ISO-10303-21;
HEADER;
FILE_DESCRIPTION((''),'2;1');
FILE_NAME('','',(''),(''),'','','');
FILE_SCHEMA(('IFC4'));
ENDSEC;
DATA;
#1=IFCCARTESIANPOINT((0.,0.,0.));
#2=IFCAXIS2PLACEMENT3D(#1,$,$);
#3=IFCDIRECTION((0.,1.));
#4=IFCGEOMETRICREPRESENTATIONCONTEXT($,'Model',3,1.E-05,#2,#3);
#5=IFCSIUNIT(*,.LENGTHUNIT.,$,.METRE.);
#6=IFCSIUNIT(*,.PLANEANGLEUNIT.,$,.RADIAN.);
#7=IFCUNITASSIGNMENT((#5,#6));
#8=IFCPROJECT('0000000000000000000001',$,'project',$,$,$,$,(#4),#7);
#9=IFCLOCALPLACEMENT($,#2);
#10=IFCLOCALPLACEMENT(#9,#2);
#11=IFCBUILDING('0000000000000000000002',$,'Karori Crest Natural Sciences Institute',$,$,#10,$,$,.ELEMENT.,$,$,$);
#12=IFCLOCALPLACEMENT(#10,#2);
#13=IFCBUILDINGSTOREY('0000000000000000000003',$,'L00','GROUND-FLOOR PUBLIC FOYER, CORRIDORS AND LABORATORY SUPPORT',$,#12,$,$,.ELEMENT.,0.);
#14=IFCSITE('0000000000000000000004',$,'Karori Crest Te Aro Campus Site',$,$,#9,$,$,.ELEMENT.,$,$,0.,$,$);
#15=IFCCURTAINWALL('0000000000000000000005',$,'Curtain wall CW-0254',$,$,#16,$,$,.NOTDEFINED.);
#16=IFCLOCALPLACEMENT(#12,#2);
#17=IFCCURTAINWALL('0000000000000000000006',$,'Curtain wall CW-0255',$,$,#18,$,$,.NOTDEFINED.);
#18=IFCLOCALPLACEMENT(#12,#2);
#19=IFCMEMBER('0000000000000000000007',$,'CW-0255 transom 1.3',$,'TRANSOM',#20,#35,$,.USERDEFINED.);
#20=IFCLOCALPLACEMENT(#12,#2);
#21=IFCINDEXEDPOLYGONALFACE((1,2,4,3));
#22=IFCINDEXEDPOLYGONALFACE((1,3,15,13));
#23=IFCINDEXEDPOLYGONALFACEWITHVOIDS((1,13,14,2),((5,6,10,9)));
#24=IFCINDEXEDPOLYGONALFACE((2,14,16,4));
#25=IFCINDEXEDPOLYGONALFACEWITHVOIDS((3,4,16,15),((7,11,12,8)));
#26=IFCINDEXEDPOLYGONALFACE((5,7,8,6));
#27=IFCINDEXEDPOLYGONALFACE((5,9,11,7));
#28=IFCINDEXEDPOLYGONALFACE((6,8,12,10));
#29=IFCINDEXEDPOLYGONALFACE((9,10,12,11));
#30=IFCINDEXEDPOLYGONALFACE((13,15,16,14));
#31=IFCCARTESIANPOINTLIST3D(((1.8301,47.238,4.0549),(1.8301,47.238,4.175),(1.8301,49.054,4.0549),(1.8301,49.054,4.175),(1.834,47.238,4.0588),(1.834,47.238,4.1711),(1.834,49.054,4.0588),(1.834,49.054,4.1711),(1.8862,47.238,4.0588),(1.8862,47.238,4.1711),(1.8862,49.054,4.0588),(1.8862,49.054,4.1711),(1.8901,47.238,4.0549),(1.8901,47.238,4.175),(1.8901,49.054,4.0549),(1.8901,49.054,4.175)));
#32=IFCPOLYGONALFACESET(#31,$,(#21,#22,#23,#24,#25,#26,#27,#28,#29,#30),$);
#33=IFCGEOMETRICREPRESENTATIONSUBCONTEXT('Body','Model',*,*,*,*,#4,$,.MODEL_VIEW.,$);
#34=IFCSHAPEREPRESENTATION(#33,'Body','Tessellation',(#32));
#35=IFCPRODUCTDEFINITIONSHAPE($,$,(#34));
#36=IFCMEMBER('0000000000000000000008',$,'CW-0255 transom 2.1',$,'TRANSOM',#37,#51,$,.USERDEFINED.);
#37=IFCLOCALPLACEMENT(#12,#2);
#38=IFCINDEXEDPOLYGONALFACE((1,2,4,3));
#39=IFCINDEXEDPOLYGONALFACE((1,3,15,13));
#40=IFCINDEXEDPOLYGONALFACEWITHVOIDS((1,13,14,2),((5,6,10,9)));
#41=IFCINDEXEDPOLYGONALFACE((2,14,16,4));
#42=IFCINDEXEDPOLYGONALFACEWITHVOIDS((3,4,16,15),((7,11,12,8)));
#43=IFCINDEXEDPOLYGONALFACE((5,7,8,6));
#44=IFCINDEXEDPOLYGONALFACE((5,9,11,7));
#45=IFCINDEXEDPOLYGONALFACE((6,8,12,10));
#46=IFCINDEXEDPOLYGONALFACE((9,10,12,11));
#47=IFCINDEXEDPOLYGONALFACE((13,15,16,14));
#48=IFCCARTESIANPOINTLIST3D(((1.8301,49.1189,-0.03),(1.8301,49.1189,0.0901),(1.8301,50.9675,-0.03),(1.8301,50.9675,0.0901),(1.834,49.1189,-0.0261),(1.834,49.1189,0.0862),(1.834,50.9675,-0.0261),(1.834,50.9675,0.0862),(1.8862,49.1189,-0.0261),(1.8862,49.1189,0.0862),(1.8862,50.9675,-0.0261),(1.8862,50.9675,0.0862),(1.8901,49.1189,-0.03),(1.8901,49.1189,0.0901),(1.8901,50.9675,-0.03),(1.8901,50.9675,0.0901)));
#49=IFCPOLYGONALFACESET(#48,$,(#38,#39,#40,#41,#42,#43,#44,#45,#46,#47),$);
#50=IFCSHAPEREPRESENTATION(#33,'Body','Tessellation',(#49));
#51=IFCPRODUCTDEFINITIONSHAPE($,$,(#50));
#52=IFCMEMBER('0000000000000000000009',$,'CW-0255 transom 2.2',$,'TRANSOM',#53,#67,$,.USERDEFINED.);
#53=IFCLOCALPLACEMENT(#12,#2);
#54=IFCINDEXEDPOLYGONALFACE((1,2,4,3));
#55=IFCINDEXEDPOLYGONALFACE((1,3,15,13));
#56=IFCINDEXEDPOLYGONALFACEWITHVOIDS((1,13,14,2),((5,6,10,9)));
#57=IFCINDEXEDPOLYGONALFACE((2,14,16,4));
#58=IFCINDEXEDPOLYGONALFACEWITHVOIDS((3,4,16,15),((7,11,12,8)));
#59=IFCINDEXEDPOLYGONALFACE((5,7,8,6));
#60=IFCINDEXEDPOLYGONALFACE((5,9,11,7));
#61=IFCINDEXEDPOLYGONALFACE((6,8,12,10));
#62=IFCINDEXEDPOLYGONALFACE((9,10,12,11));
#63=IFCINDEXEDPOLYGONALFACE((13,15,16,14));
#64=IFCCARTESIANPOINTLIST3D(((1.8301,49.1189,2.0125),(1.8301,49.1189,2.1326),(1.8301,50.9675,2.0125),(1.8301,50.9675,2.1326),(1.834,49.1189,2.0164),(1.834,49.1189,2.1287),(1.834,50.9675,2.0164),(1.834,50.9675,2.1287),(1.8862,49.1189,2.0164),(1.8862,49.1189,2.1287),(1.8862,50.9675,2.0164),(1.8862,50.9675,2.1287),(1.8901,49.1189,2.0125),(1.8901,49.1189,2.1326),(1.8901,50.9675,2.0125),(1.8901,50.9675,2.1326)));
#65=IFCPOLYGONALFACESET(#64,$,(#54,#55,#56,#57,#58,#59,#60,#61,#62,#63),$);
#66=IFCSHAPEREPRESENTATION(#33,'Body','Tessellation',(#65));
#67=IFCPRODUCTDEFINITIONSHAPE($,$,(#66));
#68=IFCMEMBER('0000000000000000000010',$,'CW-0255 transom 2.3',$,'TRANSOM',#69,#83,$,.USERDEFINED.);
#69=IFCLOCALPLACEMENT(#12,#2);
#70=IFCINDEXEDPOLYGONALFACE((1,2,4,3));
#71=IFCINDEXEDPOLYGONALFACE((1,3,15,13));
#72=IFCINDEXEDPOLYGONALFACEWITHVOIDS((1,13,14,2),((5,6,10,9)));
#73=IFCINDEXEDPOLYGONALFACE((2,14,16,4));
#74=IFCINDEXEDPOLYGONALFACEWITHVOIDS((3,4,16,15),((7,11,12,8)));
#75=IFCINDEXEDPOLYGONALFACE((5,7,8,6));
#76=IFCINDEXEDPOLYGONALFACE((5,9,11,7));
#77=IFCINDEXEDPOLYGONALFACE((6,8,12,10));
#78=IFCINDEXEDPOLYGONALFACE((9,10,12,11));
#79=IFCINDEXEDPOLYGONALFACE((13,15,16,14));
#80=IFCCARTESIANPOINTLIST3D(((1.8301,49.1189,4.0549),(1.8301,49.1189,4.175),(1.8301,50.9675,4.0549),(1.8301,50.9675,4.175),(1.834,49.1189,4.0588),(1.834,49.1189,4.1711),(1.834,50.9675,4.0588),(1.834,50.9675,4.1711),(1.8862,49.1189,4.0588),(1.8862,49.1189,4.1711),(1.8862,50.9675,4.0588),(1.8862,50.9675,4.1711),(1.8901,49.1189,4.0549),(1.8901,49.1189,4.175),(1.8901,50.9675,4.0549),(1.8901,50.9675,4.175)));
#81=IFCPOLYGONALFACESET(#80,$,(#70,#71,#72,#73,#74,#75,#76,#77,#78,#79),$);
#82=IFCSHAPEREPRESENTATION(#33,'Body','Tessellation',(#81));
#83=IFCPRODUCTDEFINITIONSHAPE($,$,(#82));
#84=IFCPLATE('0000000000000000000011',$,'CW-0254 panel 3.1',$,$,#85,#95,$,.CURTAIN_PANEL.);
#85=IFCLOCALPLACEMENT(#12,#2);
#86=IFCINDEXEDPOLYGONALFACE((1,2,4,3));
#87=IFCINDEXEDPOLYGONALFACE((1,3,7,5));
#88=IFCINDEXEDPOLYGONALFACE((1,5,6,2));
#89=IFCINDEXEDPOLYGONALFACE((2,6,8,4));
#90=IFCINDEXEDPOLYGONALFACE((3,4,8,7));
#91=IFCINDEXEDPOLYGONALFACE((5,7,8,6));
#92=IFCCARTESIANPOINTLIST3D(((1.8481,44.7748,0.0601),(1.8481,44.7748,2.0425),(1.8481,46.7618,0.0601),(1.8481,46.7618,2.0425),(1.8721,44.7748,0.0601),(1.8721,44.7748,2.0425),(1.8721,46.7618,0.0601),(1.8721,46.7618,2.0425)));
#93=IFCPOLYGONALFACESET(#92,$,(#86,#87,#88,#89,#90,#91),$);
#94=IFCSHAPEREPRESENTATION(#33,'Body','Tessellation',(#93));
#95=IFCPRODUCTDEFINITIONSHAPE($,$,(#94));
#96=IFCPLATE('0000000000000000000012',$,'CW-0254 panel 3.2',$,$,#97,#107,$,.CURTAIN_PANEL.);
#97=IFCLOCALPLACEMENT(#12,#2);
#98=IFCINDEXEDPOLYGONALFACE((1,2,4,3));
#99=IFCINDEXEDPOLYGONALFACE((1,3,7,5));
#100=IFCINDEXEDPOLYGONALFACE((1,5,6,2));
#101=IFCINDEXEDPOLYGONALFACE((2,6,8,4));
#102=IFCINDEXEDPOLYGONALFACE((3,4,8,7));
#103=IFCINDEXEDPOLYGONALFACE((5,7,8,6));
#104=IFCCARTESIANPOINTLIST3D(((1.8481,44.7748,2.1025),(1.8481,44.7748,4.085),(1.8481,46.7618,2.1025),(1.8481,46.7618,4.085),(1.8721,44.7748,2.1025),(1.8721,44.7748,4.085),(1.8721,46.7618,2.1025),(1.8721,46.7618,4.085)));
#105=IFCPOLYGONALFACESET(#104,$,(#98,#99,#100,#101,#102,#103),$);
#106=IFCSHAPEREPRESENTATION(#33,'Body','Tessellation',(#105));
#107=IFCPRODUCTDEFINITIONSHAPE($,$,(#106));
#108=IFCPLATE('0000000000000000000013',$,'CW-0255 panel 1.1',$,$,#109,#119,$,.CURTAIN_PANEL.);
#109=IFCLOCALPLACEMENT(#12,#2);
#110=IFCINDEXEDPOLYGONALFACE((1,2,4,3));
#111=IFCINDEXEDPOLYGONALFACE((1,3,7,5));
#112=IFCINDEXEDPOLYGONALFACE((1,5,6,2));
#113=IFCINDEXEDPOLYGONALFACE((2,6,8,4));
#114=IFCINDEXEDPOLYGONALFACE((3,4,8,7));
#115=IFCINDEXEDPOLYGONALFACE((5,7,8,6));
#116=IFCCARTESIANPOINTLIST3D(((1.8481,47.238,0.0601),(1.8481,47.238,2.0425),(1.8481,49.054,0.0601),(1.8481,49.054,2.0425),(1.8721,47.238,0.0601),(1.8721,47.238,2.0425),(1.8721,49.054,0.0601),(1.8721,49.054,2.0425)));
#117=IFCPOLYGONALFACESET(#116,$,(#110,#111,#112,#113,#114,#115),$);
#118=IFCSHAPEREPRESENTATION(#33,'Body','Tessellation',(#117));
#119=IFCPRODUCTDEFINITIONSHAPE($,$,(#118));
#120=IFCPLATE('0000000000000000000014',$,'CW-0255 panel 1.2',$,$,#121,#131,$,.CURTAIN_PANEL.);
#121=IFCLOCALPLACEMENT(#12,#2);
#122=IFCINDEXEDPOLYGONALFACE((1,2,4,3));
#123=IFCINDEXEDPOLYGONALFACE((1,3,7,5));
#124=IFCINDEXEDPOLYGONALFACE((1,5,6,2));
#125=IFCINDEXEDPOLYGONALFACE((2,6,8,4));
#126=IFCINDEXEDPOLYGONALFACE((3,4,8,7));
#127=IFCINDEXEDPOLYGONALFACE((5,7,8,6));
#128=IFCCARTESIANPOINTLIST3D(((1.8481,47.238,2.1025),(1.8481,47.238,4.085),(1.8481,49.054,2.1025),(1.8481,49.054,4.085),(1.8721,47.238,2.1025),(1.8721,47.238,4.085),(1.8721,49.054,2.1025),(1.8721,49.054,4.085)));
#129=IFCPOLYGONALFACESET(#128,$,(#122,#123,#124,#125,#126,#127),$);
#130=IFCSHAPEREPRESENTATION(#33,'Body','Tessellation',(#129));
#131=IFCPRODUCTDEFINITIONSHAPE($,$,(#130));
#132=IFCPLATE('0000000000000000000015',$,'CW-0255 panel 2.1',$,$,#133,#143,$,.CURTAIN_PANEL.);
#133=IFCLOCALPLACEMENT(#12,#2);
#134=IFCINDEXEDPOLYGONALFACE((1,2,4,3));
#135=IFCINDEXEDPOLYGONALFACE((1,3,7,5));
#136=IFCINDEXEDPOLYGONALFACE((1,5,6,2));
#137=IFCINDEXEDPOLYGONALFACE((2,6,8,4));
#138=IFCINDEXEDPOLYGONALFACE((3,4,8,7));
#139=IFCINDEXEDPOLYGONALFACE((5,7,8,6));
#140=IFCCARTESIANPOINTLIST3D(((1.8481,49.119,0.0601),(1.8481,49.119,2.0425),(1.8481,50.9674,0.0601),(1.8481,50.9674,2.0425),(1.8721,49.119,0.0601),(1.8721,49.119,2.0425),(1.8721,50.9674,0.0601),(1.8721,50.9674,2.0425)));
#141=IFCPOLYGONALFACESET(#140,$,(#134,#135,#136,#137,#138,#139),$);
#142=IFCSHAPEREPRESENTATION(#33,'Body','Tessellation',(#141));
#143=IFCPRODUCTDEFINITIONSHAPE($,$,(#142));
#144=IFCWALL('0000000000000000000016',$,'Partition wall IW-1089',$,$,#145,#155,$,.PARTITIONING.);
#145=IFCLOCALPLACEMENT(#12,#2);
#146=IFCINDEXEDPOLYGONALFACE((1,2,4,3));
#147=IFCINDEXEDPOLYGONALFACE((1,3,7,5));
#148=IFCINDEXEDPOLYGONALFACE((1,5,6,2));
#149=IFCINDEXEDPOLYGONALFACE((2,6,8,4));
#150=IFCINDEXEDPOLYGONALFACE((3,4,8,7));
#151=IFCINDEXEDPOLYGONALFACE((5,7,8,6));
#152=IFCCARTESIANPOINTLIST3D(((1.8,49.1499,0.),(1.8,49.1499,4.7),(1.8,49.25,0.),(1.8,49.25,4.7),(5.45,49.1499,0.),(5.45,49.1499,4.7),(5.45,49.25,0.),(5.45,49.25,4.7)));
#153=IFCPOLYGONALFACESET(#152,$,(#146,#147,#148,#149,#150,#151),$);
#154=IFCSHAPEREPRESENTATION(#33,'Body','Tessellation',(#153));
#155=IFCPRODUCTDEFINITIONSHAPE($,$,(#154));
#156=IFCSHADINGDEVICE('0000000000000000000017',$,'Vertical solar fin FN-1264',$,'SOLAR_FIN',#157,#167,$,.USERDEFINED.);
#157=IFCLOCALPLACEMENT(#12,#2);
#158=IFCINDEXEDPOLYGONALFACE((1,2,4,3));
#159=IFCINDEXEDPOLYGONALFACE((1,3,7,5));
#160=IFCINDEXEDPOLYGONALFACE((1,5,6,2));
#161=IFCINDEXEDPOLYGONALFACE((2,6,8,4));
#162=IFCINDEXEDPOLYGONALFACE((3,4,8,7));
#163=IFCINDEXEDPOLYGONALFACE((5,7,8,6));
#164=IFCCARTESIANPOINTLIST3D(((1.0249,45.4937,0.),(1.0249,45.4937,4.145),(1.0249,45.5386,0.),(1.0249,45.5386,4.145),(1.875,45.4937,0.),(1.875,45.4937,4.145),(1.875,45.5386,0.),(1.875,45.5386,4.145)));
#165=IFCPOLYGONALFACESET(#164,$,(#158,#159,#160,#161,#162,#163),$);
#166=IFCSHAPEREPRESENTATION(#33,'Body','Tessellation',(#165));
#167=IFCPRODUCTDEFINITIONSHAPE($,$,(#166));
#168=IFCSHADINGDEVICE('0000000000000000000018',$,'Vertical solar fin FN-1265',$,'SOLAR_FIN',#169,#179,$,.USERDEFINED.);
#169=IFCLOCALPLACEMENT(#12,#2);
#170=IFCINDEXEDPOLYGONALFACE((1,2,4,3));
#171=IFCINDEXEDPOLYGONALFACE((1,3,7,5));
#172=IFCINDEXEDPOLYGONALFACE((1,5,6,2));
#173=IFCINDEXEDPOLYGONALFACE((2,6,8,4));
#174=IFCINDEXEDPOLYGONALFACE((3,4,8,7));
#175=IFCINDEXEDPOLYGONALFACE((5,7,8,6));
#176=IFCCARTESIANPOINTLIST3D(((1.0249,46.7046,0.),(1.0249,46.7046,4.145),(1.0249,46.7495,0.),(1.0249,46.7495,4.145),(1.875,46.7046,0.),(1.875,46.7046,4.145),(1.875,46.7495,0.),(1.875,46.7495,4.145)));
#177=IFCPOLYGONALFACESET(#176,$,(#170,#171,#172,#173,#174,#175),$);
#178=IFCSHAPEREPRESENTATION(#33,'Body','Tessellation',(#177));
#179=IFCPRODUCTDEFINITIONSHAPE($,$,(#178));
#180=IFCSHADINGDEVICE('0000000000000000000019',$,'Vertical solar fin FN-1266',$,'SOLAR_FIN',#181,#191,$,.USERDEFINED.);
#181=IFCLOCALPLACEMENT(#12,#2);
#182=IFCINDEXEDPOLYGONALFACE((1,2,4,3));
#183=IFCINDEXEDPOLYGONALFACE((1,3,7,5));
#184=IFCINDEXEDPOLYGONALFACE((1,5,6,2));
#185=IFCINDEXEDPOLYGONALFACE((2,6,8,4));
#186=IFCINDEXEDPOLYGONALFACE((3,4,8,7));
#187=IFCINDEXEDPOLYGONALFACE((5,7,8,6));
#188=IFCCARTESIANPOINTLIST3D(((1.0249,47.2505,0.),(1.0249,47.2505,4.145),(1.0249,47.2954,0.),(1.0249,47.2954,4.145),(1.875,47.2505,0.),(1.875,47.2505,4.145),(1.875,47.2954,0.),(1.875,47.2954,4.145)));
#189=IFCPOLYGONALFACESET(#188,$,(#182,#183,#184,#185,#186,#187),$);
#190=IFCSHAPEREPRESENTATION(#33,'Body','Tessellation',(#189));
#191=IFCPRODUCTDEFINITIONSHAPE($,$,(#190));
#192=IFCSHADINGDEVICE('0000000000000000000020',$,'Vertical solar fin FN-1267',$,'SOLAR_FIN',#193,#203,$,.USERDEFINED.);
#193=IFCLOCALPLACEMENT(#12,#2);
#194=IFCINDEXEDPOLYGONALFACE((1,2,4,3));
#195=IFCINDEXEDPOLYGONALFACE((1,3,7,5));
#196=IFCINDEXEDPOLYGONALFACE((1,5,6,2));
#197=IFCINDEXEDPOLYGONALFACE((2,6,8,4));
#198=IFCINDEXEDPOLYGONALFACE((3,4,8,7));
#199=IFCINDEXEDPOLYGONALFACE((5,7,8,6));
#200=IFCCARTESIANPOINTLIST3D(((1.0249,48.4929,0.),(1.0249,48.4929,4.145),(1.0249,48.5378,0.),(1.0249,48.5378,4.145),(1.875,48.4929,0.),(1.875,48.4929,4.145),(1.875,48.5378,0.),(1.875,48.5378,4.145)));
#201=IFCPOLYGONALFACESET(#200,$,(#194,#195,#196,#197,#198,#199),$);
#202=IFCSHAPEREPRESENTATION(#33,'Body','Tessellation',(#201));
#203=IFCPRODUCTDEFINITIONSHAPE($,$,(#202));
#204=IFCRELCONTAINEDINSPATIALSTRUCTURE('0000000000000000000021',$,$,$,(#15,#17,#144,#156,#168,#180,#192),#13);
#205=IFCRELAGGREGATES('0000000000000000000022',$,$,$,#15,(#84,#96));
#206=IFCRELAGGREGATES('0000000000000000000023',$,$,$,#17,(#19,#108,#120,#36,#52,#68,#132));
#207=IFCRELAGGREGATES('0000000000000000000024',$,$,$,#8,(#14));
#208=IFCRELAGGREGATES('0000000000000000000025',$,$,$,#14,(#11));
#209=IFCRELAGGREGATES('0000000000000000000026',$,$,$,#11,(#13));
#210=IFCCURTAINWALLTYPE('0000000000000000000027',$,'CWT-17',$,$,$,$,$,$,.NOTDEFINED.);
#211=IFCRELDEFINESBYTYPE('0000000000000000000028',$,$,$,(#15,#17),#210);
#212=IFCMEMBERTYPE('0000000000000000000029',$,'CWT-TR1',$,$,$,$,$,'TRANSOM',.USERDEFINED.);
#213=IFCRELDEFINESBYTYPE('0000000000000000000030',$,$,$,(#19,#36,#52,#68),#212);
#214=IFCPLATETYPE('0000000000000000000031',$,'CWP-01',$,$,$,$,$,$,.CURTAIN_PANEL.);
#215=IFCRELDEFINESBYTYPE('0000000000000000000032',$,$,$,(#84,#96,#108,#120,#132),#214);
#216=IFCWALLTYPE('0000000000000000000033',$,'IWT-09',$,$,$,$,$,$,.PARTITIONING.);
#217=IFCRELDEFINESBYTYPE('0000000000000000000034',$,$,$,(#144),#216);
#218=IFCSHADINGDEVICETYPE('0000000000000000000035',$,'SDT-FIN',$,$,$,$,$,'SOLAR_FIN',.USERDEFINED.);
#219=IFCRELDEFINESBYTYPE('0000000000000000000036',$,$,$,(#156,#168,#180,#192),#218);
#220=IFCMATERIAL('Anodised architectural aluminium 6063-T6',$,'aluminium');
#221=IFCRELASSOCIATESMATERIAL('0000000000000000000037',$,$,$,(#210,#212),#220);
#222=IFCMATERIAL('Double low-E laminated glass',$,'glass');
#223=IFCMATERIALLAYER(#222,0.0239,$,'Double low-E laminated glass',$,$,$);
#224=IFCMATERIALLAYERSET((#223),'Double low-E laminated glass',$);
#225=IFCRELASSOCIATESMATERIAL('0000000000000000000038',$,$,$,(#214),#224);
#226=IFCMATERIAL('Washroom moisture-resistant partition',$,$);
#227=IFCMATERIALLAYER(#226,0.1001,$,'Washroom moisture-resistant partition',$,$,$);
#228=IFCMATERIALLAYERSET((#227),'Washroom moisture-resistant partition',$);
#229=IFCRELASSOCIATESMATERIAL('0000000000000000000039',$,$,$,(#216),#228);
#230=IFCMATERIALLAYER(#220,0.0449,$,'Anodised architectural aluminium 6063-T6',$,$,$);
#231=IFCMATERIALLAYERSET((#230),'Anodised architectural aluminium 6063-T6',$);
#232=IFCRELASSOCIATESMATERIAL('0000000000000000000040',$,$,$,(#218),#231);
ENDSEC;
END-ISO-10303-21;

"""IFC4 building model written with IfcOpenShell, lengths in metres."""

from ifc_helpers import new_model, si_unit, direction, frame, frame_2d, origin, origin_2d, place, context, subcontext, project, spatial, rectangle, hollow_rectangle, extrude, material, layer, layer_set, material_profile, profile_set, type_object, element, aggregate, save


model = new_model("IFC4")

# Units and contexts
model_context = context("Model", 3, precision=1e-05, world=origin(), true_north=direction((0.0, 1.0)))
body_context = subcontext(model_context, "Body", "Model", "MODEL_VIEW")
ifc_project = project(units=[si_unit("LENGTHUNIT", "METRE"), si_unit("PLANEANGLEUNIT", "RADIAN")], contexts=[model_context])

# Site, building, storey
site_placement = place(None, origin())
site = spatial("IfcSite", under=ifc_project, at=site_placement, Name="Karori Crest Te Aro Campus Site", CompositionType="ELEMENT", RefElevation=0.0)
building_placement = place(site_placement, origin())
building = spatial("IfcBuilding", under=site, at=building_placement, Name="Karori Crest Natural Sciences Institute", CompositionType="ELEMENT")
storey_placement = place(building_placement, origin())
storey = spatial("IfcBuildingStorey", under=building, at=storey_placement, Name="L00", Description="GROUND-FLOOR PUBLIC FOYER, CORRIDORS AND LABORATORY SUPPORT", CompositionType="ELEMENT", Elevation=0.0)

# Curtain wall
ifc_material_1 = material(Name="Anodised architectural aluminium 6063-T6", Category="aluminium")
curtain_wall_type = type_object("IfcCurtainWallType", Name="CWT-17", PredefinedType="NOTDEFINED", material=ifc_material_1)
curtain_wall_1_placement = place(storey_placement, origin())
curtain_wall_1 = element("IfcCurtainWall", 1, at=curtain_wall_1_placement, inside=storey, type_object=curtain_wall_type, Name="Curtain wall CW-0254", PredefinedType="NOTDEFINED")

# Curtain wall, members
curtain_wall_2_placement = place(storey_placement, origin())
curtain_wall_2 = element("IfcCurtainWall", 2, at=curtain_wall_2_placement, inside=storey, type_object=curtain_wall_type, Name="Curtain wall CW-0255", PredefinedType="NOTDEFINED")
ifc_material_profile_1 = material_profile(ifc_material_1, hollow_rectangle(XDim=0.0601, YDim=0.1201, WallThickness=0.0039, at=origin_2d()), Name="CWT120x60x4")
ifc_profile_set_1 = profile_set([ifc_material_profile_1], Name="Anodised architectural aluminium 6063-T6")
member_type_1 = type_object("IfcMemberType", Name="CWT-TR1", ElementType="TRANSOM", PredefinedType="USERDEFINED", material=ifc_profile_set_1)
member_1_placement = place(storey_placement, frame((1.8601, 47.238, 4.115), z_axis=(0.0, 1.0, 0.0), x_axis=(-1.0, 0.0, 0.0)))
member_1 = element("IfcMember", 3, at=member_1_placement, type_object=member_type_1, Name="CW-0255 transom 1.3", ObjectType="TRANSOM", PredefinedType="USERDEFINED", context=body_context, shape_type="SweptSolid", body=[
    extrude(hollow_rectangle(XDim=0.0601, YDim=0.1201, WallThickness=0.0039, at=origin_2d()), origin(), (0.0, 0.0, 1.0), 1.8159),
])
member_2_placement = place(storey_placement, frame((1.8601, 49.1189, 0.03), z_axis=(0.0, 1.0, 0.0), x_axis=(-1.0, 0.0, 0.0)))
member_2 = element("IfcMember", 4, at=member_2_placement, type_object=member_type_1, Name="CW-0255 transom 2.1", ObjectType="TRANSOM", PredefinedType="USERDEFINED", context=body_context, shape_type="SweptSolid", body=[
    extrude(hollow_rectangle(XDim=0.0601, YDim=0.1201, WallThickness=0.0039, at=origin_2d()), origin(), (0.0, 0.0, 1.0), 1.8486),
])
member_3_placement = place(storey_placement, frame((1.8601, 49.1189, 2.0725), z_axis=(0.0, 1.0, 0.0), x_axis=(-1.0, 0.0, 0.0)))
member_3 = element("IfcMember", 5, at=member_3_placement, type_object=member_type_1, Name="CW-0255 transom 2.2", ObjectType="TRANSOM", PredefinedType="USERDEFINED", context=body_context, shape_type="SweptSolid", body=[
    extrude(hollow_rectangle(XDim=0.0601, YDim=0.1201, WallThickness=0.0039, at=origin_2d()), origin(), (0.0, 0.0, 1.0), 1.8486),
])
member_4_placement = place(storey_placement, frame((1.8601, 49.1189, 4.115), z_axis=(0.0, 1.0, 0.0), x_axis=(-1.0, 0.0, 0.0)))
member_4 = element("IfcMember", 6, at=member_4_placement, type_object=member_type_1, Name="CW-0255 transom 2.3", ObjectType="TRANSOM", PredefinedType="USERDEFINED", context=body_context, shape_type="SweptSolid", body=[
    extrude(hollow_rectangle(XDim=0.0601, YDim=0.1201, WallThickness=0.0039, at=origin_2d()), origin(), (0.0, 0.0, 1.0), 1.8486),
])

# Plates
ifc_material_2 = material(Name="Double low-E laminated glass", Category="glass")
ifc_layer_1 = layer(ifc_material_2, 0.0239, Name="Double low-E laminated glass")
ifc_layer_set_1 = layer_set([ifc_layer_1], Name="Double low-E laminated glass")
plate_type = type_object("IfcPlateType", Name="CWP-01", PredefinedType="CURTAIN_PANEL", material=ifc_layer_set_1)
plate_1_placement = place(storey_placement, frame((1.8601, 45.7683, 0.0601), z_axis=(0.0, 0.0, 1.0), x_axis=(0.0, 1.0, 0.0)))
plate_1 = element("IfcPlate", 7, at=plate_1_placement, type_object=plate_type, Name="CW-0254 panel 3.1", PredefinedType="CURTAIN_PANEL", context=body_context, shape_type="SweptSolid", body=[
    extrude(rectangle(XDim=1.9871, YDim=0.0239, at=origin_2d()), origin(), (0.0, 0.0, 1.0), 1.9824),
])
plate_2_placement = place(storey_placement, frame((1.8601, 45.7683, 2.1025), z_axis=(0.0, 0.0, 1.0), x_axis=(0.0, 1.0, 0.0)))
plate_2 = element("IfcPlate", 8, at=plate_2_placement, type_object=plate_type, Name="CW-0254 panel 3.2", PredefinedType="CURTAIN_PANEL", context=body_context, shape_type="SweptSolid", body=[
    extrude(rectangle(XDim=1.9871, YDim=0.0239, at=origin_2d()), origin(), (0.0, 0.0, 1.0), 1.9824),
])
aggregate(curtain_wall_1, [plate_1, plate_2])
plate_3_placement = place(storey_placement, frame((1.8601, 48.146, 0.0601), z_axis=(0.0, 0.0, 1.0), x_axis=(0.0, 1.0, 0.0)))
plate_3 = element("IfcPlate", 9, at=plate_3_placement, type_object=plate_type, Name="CW-0255 panel 1.1", PredefinedType="CURTAIN_PANEL", context=body_context, shape_type="SweptSolid", body=[
    extrude(rectangle(XDim=1.8159, YDim=0.0239, at=origin_2d()), origin(), (0.0, 0.0, 1.0), 1.9824),
])
plate_4_placement = place(storey_placement, frame((1.8601, 48.146, 2.1025), z_axis=(0.0, 0.0, 1.0), x_axis=(0.0, 1.0, 0.0)))
plate_4 = element("IfcPlate", 10, at=plate_4_placement, type_object=plate_type, Name="CW-0255 panel 1.2", PredefinedType="CURTAIN_PANEL", context=body_context, shape_type="SweptSolid", body=[
    extrude(rectangle(XDim=1.8159, YDim=0.0239, at=origin_2d()), origin(), (0.0, 0.0, 1.0), 1.9824),
])
plate_5_placement = place(storey_placement, frame((1.8601, 50.0432, 0.0601), z_axis=(0.0, 0.0, 1.0), x_axis=(0.0, 1.0, 0.0)))
plate_5 = element("IfcPlate", 11, at=plate_5_placement, type_object=plate_type, Name="CW-0255 panel 2.1", PredefinedType="CURTAIN_PANEL", context=body_context, shape_type="SweptSolid", body=[
    extrude(rectangle(XDim=1.8484, YDim=0.0239, at=origin_2d()), origin(), (0.0, 0.0, 1.0), 1.9824),
])
aggregate(curtain_wall_2, [member_1, plate_3, plate_4, member_2, member_3, member_4, plate_5])

# Wall
ifc_material_3 = material(Name="Washroom moisture-resistant partition")
ifc_layer_2 = layer(ifc_material_3, 0.1001, Name="Washroom moisture-resistant partition")
ifc_layer_set_2 = layer_set([ifc_layer_2], Name="Washroom moisture-resistant partition")
wall_type = type_object("IfcWallType", Name="IWT-09", PredefinedType="PARTITIONING", material=ifc_layer_set_2)
wall_placement = place(storey_placement, frame((1.8, 49.2, 0.0), z_axis=(0.0, 0.0, 1.0), x_axis=(1.0, 0.0, 0.0)))
element("IfcWall", 12, at=wall_placement, inside=storey, type_object=wall_type, Name="Partition wall IW-1089", PredefinedType="PARTITIONING", context=body_context, shape_type="SweptSolid", body=[
    extrude(rectangle(XDim=3.6499, YDim=0.1001, at=frame_2d((1.825, 0.0))), origin(), (0.0, 0.0, 1.0), 4.7),
])

# Shading devices
ifc_layer_3 = layer(ifc_material_1, 0.0449, Name="Anodised architectural aluminium 6063-T6")
ifc_layer_set_3 = layer_set([ifc_layer_3], Name="Anodised architectural aluminium 6063-T6")
shading_device_type = type_object("IfcShadingDeviceType", Name="SDT-FIN", ElementType="SOLAR_FIN", PredefinedType="USERDEFINED", material=ifc_layer_set_3)
for number, where, z_axis, x_axis, name in (
    (13, (1.45, 45.5161, 0.0), (0.0, 0.0, 1.0), (-1.0, 0.0, 0.0), "Vertical solar fin FN-1264"),
    (14, (1.45, 46.7271, 0.0), (0.0, 0.0, 1.0), (-1.0, 0.0, 0.0), "Vertical solar fin FN-1265"),
    (15, (1.45, 47.2729, 0.0), (0.0, 0.0, 1.0), (-1.0, 0.0, 0.0), "Vertical solar fin FN-1266"),
    (16, (1.45, 48.5154, 0.0), (0.0, 0.0, 1.0), (-1.0, 0.0, 0.0), "Vertical solar fin FN-1267"),
):
    element("IfcShadingDevice", number, at=place(storey_placement, frame(where, z_axis=z_axis, x_axis=x_axis)), inside=storey, type_object=shading_device_type, Name=name, ObjectType="SOLAR_FIN", PredefinedType="USERDEFINED", context=body_context, shape_type="SweptSolid", body=[
        extrude(rectangle(XDim=0.8501, YDim=0.0449, at=origin_2d()), origin(), (0.0, 0.0, 1.0), 4.145),
    ])

save(model, "model.ifc")
